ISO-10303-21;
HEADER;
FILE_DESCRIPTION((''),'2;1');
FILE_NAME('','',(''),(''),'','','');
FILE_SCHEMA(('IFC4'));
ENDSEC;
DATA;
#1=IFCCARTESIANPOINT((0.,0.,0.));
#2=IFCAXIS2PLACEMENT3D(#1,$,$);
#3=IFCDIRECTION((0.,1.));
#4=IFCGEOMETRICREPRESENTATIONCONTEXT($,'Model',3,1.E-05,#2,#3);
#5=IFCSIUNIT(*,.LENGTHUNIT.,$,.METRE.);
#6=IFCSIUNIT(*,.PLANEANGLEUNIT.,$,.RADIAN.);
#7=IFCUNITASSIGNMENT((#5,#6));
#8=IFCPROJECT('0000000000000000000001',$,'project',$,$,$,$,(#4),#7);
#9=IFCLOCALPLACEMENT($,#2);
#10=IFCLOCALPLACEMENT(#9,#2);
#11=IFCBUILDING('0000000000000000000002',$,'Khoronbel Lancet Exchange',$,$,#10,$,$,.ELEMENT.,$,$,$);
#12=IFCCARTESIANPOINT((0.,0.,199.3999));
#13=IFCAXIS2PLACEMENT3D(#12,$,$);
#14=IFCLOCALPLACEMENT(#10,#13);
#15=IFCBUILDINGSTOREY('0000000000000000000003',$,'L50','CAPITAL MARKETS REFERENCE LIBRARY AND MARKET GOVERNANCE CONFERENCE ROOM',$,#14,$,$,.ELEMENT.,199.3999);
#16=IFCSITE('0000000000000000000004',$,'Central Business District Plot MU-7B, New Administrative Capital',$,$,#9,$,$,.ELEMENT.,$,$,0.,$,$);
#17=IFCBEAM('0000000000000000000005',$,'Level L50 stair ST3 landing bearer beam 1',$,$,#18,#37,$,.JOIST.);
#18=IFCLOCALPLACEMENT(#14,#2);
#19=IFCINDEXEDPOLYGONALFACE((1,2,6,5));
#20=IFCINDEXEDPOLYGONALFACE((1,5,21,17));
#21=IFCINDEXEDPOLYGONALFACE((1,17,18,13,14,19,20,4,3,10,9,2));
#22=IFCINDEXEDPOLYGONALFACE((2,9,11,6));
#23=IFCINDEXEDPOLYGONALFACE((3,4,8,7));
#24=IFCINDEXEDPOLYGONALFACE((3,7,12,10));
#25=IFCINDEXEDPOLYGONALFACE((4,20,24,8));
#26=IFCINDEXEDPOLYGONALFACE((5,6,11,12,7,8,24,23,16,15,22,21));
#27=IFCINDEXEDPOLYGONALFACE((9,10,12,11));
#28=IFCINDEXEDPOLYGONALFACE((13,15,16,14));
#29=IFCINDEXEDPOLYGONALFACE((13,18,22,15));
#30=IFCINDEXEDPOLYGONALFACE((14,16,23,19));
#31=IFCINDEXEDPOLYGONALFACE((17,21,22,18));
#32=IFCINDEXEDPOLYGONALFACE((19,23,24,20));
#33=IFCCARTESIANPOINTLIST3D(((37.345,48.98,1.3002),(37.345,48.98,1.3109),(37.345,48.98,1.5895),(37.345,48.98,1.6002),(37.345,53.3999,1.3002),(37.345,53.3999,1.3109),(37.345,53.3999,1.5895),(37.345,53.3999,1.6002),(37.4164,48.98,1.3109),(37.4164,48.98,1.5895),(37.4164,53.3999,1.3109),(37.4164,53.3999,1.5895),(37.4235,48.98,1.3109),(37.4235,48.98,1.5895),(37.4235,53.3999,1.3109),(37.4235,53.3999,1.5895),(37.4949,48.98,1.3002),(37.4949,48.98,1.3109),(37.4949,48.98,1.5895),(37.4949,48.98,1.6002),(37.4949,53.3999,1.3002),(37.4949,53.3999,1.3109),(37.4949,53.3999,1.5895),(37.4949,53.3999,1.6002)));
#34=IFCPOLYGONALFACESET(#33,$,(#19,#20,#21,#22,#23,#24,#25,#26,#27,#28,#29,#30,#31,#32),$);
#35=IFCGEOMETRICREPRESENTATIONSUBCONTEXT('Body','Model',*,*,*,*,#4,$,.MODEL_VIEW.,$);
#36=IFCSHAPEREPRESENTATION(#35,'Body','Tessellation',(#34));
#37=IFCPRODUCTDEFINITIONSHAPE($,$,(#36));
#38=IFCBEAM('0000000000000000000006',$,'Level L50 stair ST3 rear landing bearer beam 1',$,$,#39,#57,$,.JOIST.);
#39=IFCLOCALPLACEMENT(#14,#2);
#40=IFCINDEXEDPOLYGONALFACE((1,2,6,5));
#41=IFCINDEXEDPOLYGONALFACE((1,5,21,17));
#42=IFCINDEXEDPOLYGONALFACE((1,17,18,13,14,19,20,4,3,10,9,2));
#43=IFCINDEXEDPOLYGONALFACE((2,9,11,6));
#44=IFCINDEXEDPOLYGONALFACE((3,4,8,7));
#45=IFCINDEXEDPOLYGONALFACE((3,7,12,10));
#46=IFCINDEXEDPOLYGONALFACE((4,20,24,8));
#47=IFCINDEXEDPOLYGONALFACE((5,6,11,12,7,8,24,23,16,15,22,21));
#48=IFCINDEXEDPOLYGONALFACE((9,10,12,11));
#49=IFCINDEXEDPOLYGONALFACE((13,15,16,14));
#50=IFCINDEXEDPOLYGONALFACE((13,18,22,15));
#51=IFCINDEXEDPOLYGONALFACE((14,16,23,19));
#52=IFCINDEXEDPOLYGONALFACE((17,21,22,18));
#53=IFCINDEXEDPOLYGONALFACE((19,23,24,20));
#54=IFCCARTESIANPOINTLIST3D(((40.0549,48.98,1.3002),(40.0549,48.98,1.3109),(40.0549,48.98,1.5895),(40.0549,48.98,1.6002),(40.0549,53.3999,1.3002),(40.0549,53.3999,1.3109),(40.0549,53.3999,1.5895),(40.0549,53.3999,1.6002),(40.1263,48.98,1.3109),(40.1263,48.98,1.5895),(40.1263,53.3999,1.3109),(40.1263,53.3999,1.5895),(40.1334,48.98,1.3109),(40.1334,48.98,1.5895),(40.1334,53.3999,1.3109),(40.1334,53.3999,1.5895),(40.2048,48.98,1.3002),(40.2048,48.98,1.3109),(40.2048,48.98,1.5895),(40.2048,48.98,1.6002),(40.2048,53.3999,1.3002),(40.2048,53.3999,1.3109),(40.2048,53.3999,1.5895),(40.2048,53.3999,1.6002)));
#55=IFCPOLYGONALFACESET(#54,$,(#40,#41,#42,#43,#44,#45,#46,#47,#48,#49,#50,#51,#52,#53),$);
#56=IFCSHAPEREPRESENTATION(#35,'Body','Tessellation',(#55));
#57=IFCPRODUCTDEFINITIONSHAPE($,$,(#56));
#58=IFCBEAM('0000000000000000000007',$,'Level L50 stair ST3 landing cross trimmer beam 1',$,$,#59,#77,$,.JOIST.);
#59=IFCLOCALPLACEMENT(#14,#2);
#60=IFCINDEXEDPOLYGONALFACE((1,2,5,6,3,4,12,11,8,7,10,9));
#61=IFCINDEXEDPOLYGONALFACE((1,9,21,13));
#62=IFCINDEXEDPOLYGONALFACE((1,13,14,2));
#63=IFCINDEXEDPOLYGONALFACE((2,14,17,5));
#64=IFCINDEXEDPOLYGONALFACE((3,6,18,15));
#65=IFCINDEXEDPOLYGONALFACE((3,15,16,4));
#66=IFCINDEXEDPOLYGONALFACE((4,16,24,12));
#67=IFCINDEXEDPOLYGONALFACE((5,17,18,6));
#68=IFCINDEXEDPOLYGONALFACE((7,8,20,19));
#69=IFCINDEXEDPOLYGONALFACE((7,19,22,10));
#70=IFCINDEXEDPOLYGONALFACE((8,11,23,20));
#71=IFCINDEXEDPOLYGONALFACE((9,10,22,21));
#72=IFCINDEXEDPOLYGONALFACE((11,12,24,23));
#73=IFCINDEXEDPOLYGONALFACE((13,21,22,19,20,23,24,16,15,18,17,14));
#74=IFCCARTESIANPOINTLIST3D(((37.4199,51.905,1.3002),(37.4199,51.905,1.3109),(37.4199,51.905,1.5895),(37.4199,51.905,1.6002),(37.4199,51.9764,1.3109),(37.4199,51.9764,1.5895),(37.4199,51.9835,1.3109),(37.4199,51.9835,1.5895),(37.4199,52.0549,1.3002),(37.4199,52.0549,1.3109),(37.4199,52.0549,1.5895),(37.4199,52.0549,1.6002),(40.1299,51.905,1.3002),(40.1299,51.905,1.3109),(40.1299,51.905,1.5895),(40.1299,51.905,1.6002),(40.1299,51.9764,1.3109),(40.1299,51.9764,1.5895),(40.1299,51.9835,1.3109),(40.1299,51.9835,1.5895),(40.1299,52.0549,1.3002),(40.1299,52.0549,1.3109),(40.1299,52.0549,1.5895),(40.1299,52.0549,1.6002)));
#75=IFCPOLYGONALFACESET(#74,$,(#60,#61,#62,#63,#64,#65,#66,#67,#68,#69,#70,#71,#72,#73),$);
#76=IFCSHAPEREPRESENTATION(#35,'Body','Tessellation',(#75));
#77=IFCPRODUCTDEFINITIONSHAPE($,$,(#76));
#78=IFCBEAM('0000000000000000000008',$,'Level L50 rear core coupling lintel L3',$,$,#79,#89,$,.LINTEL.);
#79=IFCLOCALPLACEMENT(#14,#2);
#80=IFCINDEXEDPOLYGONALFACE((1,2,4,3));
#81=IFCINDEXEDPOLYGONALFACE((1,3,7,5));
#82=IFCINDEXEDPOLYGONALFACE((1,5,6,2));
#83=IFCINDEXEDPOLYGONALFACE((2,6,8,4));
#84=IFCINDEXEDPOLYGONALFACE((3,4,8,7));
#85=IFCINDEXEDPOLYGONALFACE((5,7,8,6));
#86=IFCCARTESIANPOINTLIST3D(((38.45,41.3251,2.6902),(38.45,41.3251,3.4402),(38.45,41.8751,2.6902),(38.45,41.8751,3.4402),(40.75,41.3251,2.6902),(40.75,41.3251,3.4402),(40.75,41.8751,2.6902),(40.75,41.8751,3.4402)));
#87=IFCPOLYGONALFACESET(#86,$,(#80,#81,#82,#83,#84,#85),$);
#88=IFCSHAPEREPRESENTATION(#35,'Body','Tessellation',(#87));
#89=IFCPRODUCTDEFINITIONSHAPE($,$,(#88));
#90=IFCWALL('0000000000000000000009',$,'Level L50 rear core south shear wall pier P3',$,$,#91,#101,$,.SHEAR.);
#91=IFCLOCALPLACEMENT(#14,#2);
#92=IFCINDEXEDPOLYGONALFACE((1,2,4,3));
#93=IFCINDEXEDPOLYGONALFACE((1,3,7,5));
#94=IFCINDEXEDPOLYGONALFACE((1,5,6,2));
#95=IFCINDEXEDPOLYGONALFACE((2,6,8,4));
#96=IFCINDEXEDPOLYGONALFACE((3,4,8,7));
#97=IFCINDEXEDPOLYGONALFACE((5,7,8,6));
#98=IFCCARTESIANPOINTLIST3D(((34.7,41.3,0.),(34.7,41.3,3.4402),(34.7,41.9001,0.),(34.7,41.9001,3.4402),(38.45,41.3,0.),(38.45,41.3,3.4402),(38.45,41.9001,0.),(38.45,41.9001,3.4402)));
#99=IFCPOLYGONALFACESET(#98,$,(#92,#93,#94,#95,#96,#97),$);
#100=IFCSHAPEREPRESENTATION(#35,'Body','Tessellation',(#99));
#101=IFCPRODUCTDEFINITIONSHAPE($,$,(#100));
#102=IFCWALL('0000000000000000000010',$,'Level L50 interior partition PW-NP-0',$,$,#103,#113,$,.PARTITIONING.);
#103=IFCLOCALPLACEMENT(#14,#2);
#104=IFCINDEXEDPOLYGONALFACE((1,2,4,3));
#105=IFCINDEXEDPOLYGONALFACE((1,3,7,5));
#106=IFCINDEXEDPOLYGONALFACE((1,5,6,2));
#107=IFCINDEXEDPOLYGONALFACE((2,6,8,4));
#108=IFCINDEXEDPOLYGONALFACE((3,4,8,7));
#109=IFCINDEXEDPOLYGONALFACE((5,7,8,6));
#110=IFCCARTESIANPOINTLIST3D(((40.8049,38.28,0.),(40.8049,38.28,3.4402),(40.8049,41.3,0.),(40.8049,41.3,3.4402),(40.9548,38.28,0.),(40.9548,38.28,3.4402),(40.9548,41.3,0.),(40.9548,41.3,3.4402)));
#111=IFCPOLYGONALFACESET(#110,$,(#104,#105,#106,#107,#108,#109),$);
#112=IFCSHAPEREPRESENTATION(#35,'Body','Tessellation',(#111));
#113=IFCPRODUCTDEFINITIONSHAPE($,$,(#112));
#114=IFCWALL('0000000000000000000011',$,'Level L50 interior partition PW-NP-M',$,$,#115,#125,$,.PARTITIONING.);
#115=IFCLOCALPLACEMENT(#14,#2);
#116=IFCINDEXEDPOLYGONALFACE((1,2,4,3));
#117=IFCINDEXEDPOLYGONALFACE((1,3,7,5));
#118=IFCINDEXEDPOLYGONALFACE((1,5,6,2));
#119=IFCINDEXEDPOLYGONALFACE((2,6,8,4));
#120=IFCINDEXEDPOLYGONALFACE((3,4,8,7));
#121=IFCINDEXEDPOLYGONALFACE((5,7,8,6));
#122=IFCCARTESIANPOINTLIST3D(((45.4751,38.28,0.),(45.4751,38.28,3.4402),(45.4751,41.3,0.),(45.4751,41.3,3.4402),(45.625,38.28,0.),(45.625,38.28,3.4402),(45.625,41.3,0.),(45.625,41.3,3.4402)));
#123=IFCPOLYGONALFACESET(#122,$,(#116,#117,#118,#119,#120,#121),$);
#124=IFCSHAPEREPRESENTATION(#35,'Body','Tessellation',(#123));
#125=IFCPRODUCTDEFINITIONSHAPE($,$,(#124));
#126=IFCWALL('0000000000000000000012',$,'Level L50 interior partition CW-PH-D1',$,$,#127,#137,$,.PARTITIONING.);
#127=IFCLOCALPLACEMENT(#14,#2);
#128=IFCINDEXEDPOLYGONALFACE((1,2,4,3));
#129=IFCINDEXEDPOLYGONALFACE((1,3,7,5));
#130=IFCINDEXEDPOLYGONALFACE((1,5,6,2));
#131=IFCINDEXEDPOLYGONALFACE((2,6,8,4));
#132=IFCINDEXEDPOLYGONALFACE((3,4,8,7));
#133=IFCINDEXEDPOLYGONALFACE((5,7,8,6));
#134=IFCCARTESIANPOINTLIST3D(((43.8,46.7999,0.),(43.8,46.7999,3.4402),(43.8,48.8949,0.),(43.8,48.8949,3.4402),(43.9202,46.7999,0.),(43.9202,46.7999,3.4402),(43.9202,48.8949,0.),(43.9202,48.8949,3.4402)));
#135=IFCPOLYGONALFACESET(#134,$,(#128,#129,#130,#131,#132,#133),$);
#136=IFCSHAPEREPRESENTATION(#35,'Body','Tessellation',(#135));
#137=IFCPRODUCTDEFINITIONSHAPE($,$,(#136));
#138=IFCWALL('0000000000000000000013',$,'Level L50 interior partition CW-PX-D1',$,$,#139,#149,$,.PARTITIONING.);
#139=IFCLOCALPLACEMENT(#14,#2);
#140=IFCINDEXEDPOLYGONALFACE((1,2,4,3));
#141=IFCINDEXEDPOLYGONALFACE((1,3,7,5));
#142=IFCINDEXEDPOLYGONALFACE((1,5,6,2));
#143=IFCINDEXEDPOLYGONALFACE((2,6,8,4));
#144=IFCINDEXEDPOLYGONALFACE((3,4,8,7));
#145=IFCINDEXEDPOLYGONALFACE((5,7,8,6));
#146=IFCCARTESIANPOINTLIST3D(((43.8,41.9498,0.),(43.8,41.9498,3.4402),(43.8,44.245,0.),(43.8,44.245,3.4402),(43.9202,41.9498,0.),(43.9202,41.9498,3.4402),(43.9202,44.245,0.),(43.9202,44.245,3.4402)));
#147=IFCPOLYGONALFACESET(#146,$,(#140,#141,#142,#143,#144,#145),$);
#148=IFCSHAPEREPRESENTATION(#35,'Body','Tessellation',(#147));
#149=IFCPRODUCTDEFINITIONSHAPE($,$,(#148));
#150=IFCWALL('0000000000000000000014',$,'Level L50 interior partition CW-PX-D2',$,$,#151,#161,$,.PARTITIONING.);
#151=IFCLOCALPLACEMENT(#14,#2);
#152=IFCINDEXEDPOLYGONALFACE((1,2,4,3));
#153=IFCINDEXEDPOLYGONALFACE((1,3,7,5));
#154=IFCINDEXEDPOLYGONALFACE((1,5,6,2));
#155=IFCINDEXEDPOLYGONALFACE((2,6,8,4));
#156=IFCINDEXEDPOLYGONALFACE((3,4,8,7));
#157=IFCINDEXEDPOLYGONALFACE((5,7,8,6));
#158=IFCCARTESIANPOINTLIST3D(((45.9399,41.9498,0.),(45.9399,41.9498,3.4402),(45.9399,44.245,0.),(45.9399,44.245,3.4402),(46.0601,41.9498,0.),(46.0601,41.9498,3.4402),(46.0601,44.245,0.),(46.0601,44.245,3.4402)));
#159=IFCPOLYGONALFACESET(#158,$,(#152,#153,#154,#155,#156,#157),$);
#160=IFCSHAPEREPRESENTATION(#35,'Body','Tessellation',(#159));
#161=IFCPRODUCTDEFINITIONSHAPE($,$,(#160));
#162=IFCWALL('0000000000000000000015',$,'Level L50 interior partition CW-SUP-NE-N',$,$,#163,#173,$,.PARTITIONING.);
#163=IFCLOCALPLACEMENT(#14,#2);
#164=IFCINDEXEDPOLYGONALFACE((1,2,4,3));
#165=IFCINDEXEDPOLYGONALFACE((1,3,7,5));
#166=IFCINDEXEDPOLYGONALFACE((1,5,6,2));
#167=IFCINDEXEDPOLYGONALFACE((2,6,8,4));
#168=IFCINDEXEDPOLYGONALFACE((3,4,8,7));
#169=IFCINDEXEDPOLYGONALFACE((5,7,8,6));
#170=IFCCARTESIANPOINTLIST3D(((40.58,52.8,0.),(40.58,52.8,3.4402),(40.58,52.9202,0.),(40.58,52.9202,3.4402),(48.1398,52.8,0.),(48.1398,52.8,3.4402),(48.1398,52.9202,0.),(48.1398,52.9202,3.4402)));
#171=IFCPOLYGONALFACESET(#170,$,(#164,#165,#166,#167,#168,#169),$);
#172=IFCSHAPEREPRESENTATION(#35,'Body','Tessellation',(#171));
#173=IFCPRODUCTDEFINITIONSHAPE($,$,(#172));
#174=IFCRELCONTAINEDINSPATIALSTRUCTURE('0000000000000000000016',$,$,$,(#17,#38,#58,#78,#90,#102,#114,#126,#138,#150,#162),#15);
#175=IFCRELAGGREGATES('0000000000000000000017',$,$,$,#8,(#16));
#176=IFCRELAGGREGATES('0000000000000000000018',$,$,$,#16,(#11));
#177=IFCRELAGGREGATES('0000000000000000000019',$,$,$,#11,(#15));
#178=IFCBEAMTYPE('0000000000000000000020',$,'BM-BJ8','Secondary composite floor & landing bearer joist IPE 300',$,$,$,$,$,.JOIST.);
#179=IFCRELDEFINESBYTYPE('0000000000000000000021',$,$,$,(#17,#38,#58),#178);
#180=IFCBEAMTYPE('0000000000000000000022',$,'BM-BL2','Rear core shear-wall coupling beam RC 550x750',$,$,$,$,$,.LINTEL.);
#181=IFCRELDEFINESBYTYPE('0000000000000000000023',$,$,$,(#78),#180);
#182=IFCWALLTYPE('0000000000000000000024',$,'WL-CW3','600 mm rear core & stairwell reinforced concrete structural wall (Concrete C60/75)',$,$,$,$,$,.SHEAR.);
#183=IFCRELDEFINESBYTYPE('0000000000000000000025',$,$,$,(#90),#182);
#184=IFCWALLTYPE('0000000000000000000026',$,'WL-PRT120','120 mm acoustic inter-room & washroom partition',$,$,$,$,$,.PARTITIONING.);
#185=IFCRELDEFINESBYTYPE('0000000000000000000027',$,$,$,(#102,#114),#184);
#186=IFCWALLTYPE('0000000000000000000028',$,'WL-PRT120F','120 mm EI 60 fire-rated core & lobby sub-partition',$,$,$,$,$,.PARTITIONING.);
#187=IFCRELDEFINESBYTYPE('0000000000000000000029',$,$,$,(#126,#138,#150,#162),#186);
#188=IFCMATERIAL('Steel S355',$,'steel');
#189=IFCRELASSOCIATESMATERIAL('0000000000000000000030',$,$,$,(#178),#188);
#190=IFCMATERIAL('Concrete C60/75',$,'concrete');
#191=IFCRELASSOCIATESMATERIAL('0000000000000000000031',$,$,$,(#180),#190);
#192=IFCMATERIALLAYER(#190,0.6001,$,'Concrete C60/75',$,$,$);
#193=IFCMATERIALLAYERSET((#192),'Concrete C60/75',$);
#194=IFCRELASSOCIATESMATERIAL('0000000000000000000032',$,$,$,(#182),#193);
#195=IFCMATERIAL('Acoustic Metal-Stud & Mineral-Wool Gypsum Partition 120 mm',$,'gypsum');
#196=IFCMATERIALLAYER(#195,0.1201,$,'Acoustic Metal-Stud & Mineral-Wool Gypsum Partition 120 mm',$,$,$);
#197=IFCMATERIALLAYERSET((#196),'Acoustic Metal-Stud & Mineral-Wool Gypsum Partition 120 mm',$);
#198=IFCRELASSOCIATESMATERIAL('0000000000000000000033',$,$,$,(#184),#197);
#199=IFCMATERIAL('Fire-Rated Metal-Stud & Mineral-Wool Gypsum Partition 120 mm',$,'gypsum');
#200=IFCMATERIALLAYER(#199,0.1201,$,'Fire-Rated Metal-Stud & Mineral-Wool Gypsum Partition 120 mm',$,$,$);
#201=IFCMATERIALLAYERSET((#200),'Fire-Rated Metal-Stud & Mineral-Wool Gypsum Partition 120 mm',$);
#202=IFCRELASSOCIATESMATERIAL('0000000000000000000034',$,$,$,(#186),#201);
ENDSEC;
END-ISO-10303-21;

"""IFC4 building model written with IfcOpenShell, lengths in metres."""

from ifc_helpers import new_model, si_unit, direction, frame, frame_2d, origin, origin_2d, place, context, subcontext, project, spatial, rectangle, i_section, extrude, material, layer, layer_set, material_profile, profile_set, type_object, element, save


model = new_model("IFC4")

# Units and contexts
model_context = context("Model", 3, precision=1e-05, world=origin(), true_north=direction((0.0, 1.0)))
body_context = subcontext(model_context, "Body", "Model", "MODEL_VIEW")
ifc_project = project(units=[si_unit("LENGTHUNIT", "METRE"), si_unit("PLANEANGLEUNIT", "RADIAN")], contexts=[model_context])

# Site, building, storey
site_placement = place(None, origin())
site = spatial("IfcSite", under=ifc_project, at=site_placement, Name="Central Business District Plot MU-7B, New Administrative Capital", CompositionType="ELEMENT", RefElevation=0.0)
building_placement = place(site_placement, origin())
building = spatial("IfcBuilding", under=site, at=building_placement, Name="Khoronbel Lancet Exchange", CompositionType="ELEMENT")
storey_placement = place(building_placement, frame((0.0, 0.0, 199.3999)))
storey = spatial("IfcBuildingStorey", under=building, at=storey_placement, Name="L50", Description="CAPITAL MARKETS REFERENCE LIBRARY AND MARKET GOVERNANCE CONFERENCE ROOM", CompositionType="ELEMENT", Elevation=199.3999)

# Beams
ifc_material_1 = material(Name="Steel S355", Category="steel")
ifc_material_profile_1 = material_profile(ifc_material_1, i_section(OverallWidth=0.1499, OverallDepth=0.3, WebThickness=0.0071, FlangeThickness=0.0107, at=origin_2d()), Name="IPE 300")
ifc_profile_set_1 = profile_set([ifc_material_profile_1], Name="Steel S355")
beam_type_1 = type_object("IfcBeamType", Name="BM-BJ8", Description="Secondary composite floor & landing bearer joist IPE 300", PredefinedType="JOIST", material=ifc_profile_set_1)
for number, where, z_axis, x_axis, name in (
    (1, (37.4199, 48.98, 1.4502), (0.0, 1.0, 0.0), (-1.0, 0.0, 0.0), "Level L50 stair ST3 landing bearer beam 1"),
    (2, (40.1299, 48.98, 1.4502), (0.0, 1.0, 0.0), (-1.0, 0.0, 0.0), "Level L50 stair ST3 rear landing bearer beam 1"),
):
    element("IfcBeam", number, at=place(storey_placement, frame(where, z_axis=z_axis, x_axis=x_axis)), inside=storey, type_object=beam_type_1, Name=name, PredefinedType="JOIST", context=body_context, shape_type="SweptSolid", body=[
        extrude(i_section(OverallWidth=0.1499, OverallDepth=0.3, WebThickness=0.0071, FlangeThickness=0.0107, at=origin_2d()), origin(), (0.0, 0.0, 1.0), 4.4199),
    ])
beam_1_placement = place(storey_placement, frame((37.4199, 51.98, 1.4502), z_axis=(1.0, 0.0, 0.0), x_axis=(0.0, 1.0, 0.0)))
element("IfcBeam", 3, at=beam_1_placement, inside=storey, type_object=beam_type_1, Name="Level L50 stair ST3 landing cross trimmer beam 1", PredefinedType="JOIST", context=body_context, shape_type="SweptSolid", body=[
    extrude(i_section(OverallWidth=0.1499, OverallDepth=0.3, WebThickness=0.0071, FlangeThickness=0.0107, at=origin_2d()), origin(), (0.0, 0.0, 1.0), 2.71),
])
ifc_material_2 = material(Name="Concrete C60/75", Category="concrete")
ifc_material_profile_2 = material_profile(ifc_material_2, rectangle(XDim=0.55, YDim=0.75, at=origin_2d()), Name="RC 550x750")
ifc_profile_set_2 = profile_set([ifc_material_profile_2], Name="Concrete C60/75")
beam_type_2 = type_object("IfcBeamType", Name="BM-BL2", Description="Rear core shear-wall coupling beam RC 550x750", PredefinedType="LINTEL", material=ifc_profile_set_2)
beam_2_placement = place(storey_placement, frame((38.45, 41.6001, 3.0652), z_axis=(1.0, 0.0, 0.0), x_axis=(0.0, 1.0, 0.0)))
element("IfcBeam", 4, at=beam_2_placement, inside=storey, type_object=beam_type_2, Name="Level L50 rear core coupling lintel L3", PredefinedType="LINTEL", context=body_context, shape_type="SweptSolid", body=[
    extrude(rectangle(XDim=0.55, YDim=0.75, at=origin_2d()), origin(), (0.0, 0.0, 1.0), 2.3),
])

# Walls
ifc_layer_1 = layer(ifc_material_2, 0.6001, Name="Concrete C60/75")
ifc_layer_set_1 = layer_set([ifc_layer_1], Name="Concrete C60/75")
wall_type_1 = type_object("IfcWallType", Name="WL-CW3", Description="600 mm rear core & stairwell reinforced concrete structural wall (Concrete C60/75)", PredefinedType="SHEAR", material=ifc_layer_set_1)
wall_1_placement = place(storey_placement, frame((38.45, 41.6001, 0.0), z_axis=(0.0, 0.0, 1.0), x_axis=(-1.0, 0.0, 0.0)))
element("IfcWall", 5, at=wall_1_placement, inside=storey, type_object=wall_type_1, Name="Level L50 rear core south shear wall pier P3", PredefinedType="SHEAR", context=body_context, shape_type="SweptSolid", body=[
    extrude(rectangle(XDim=3.75, YDim=0.6001, at=frame_2d((1.875, 0.0))), origin(), (0.0, 0.0, 1.0), 3.4402),
])
ifc_material_3 = material(Name="Acoustic Metal-Stud & Mineral-Wool Gypsum Partition 120 mm", Category="gypsum")
ifc_layer_2 = layer(ifc_material_3, 0.1201, Name="Acoustic Metal-Stud & Mineral-Wool Gypsum Partition 120 mm")
ifc_layer_set_2 = layer_set([ifc_layer_2], Name="Acoustic Metal-Stud & Mineral-Wool Gypsum Partition 120 mm")
wall_type_2 = type_object("IfcWallType", Name="WL-PRT120", Description="120 mm acoustic inter-room & washroom partition", PredefinedType="PARTITIONING", material=ifc_layer_set_2)
for number, where, z_axis, x_axis, name in (
    (6, (40.8799, 38.28, 0.0), (0.0, 0.0, 1.0), (0.0, 1.0, 0.0), "Level L50 interior partition PW-NP-0"),
    (7, (45.55, 38.28, 0.0), (0.0, 0.0, 1.0), (0.0, 1.0, 0.0), "Level L50 interior partition PW-NP-M"),
):
    element("IfcWall", number, at=place(storey_placement, frame(where, z_axis=z_axis, x_axis=x_axis)), inside=storey, type_object=wall_type_2, Name=name, PredefinedType="PARTITIONING", context=body_context, shape_type="SweptSolid", body=[
        extrude(rectangle(XDim=3.02, YDim=0.1499, at=frame_2d((1.51, 0.0))), origin(), (0.0, 0.0, 1.0), 3.4402),
    ])
ifc_material_4 = material(Name="Fire-Rated Metal-Stud & Mineral-Wool Gypsum Partition 120 mm", Category="gypsum")
ifc_layer_3 = layer(ifc_material_4, 0.1201, Name="Fire-Rated Metal-Stud & Mineral-Wool Gypsum Partition 120 mm")
ifc_layer_set_3 = layer_set([ifc_layer_3], Name="Fire-Rated Metal-Stud & Mineral-Wool Gypsum Partition 120 mm")
wall_type_3 = type_object("IfcWallType", Name="WL-PRT120F", Description="120 mm EI 60 fire-rated core & lobby sub-partition", PredefinedType="PARTITIONING", material=ifc_layer_set_3)
wall_2_placement = place(storey_placement, frame((43.8601, 46.8, 0.0), z_axis=(0.0, 0.0, 1.0), x_axis=(0.0, 1.0, 0.0)))
element("IfcWall", 8, at=wall_2_placement, inside=storey, type_object=wall_type_3, Name="Level L50 interior partition CW-PH-D1", PredefinedType="PARTITIONING", context=body_context, shape_type="SweptSolid", body=[
    extrude(rectangle(XDim=2.095, YDim=0.1201, at=frame_2d((1.0474, 0.0))), origin(), (0.0, 0.0, 1.0), 3.4402),
])
for number, where, z_axis, x_axis, name in (
    (9, (43.8601, 41.95, 0.0), (0.0, 0.0, 1.0), (0.0, 1.0, 0.0), "Level L50 interior partition CW-PX-D1"),
    (10, (46.0, 41.95, 0.0), (0.0, 0.0, 1.0), (0.0, 1.0, 0.0), "Level L50 interior partition CW-PX-D2"),
):
    element("IfcWall", number, at=place(storey_placement, frame(where, z_axis=z_axis, x_axis=x_axis)), inside=storey, type_object=wall_type_3, Name=name, PredefinedType="PARTITIONING", context=body_context, shape_type="SweptSolid", body=[
        extrude(rectangle(XDim=2.2952, YDim=0.1201, at=frame_2d((1.1475, 0.0))), origin(), (0.0, 0.0, 1.0), 3.4402),
    ])
wall_3_placement = place(storey_placement, frame((40.5801, 52.8601, 0.0), z_axis=(0.0, 0.0, 1.0), x_axis=(1.0, 0.0, 0.0)))
element("IfcWall", 11, at=wall_3_placement, inside=storey, type_object=wall_type_3, Name="Level L50 interior partition CW-SUP-NE-N", PredefinedType="PARTITIONING", context=body_context, shape_type="SweptSolid", body=[
    extrude(rectangle(XDim=7.5598, YDim=0.1201, at=frame_2d((3.7798, 0.0))), origin(), (0.0, 0.0, 1.0), 3.4402),
])

save(model, "model.ifc")
